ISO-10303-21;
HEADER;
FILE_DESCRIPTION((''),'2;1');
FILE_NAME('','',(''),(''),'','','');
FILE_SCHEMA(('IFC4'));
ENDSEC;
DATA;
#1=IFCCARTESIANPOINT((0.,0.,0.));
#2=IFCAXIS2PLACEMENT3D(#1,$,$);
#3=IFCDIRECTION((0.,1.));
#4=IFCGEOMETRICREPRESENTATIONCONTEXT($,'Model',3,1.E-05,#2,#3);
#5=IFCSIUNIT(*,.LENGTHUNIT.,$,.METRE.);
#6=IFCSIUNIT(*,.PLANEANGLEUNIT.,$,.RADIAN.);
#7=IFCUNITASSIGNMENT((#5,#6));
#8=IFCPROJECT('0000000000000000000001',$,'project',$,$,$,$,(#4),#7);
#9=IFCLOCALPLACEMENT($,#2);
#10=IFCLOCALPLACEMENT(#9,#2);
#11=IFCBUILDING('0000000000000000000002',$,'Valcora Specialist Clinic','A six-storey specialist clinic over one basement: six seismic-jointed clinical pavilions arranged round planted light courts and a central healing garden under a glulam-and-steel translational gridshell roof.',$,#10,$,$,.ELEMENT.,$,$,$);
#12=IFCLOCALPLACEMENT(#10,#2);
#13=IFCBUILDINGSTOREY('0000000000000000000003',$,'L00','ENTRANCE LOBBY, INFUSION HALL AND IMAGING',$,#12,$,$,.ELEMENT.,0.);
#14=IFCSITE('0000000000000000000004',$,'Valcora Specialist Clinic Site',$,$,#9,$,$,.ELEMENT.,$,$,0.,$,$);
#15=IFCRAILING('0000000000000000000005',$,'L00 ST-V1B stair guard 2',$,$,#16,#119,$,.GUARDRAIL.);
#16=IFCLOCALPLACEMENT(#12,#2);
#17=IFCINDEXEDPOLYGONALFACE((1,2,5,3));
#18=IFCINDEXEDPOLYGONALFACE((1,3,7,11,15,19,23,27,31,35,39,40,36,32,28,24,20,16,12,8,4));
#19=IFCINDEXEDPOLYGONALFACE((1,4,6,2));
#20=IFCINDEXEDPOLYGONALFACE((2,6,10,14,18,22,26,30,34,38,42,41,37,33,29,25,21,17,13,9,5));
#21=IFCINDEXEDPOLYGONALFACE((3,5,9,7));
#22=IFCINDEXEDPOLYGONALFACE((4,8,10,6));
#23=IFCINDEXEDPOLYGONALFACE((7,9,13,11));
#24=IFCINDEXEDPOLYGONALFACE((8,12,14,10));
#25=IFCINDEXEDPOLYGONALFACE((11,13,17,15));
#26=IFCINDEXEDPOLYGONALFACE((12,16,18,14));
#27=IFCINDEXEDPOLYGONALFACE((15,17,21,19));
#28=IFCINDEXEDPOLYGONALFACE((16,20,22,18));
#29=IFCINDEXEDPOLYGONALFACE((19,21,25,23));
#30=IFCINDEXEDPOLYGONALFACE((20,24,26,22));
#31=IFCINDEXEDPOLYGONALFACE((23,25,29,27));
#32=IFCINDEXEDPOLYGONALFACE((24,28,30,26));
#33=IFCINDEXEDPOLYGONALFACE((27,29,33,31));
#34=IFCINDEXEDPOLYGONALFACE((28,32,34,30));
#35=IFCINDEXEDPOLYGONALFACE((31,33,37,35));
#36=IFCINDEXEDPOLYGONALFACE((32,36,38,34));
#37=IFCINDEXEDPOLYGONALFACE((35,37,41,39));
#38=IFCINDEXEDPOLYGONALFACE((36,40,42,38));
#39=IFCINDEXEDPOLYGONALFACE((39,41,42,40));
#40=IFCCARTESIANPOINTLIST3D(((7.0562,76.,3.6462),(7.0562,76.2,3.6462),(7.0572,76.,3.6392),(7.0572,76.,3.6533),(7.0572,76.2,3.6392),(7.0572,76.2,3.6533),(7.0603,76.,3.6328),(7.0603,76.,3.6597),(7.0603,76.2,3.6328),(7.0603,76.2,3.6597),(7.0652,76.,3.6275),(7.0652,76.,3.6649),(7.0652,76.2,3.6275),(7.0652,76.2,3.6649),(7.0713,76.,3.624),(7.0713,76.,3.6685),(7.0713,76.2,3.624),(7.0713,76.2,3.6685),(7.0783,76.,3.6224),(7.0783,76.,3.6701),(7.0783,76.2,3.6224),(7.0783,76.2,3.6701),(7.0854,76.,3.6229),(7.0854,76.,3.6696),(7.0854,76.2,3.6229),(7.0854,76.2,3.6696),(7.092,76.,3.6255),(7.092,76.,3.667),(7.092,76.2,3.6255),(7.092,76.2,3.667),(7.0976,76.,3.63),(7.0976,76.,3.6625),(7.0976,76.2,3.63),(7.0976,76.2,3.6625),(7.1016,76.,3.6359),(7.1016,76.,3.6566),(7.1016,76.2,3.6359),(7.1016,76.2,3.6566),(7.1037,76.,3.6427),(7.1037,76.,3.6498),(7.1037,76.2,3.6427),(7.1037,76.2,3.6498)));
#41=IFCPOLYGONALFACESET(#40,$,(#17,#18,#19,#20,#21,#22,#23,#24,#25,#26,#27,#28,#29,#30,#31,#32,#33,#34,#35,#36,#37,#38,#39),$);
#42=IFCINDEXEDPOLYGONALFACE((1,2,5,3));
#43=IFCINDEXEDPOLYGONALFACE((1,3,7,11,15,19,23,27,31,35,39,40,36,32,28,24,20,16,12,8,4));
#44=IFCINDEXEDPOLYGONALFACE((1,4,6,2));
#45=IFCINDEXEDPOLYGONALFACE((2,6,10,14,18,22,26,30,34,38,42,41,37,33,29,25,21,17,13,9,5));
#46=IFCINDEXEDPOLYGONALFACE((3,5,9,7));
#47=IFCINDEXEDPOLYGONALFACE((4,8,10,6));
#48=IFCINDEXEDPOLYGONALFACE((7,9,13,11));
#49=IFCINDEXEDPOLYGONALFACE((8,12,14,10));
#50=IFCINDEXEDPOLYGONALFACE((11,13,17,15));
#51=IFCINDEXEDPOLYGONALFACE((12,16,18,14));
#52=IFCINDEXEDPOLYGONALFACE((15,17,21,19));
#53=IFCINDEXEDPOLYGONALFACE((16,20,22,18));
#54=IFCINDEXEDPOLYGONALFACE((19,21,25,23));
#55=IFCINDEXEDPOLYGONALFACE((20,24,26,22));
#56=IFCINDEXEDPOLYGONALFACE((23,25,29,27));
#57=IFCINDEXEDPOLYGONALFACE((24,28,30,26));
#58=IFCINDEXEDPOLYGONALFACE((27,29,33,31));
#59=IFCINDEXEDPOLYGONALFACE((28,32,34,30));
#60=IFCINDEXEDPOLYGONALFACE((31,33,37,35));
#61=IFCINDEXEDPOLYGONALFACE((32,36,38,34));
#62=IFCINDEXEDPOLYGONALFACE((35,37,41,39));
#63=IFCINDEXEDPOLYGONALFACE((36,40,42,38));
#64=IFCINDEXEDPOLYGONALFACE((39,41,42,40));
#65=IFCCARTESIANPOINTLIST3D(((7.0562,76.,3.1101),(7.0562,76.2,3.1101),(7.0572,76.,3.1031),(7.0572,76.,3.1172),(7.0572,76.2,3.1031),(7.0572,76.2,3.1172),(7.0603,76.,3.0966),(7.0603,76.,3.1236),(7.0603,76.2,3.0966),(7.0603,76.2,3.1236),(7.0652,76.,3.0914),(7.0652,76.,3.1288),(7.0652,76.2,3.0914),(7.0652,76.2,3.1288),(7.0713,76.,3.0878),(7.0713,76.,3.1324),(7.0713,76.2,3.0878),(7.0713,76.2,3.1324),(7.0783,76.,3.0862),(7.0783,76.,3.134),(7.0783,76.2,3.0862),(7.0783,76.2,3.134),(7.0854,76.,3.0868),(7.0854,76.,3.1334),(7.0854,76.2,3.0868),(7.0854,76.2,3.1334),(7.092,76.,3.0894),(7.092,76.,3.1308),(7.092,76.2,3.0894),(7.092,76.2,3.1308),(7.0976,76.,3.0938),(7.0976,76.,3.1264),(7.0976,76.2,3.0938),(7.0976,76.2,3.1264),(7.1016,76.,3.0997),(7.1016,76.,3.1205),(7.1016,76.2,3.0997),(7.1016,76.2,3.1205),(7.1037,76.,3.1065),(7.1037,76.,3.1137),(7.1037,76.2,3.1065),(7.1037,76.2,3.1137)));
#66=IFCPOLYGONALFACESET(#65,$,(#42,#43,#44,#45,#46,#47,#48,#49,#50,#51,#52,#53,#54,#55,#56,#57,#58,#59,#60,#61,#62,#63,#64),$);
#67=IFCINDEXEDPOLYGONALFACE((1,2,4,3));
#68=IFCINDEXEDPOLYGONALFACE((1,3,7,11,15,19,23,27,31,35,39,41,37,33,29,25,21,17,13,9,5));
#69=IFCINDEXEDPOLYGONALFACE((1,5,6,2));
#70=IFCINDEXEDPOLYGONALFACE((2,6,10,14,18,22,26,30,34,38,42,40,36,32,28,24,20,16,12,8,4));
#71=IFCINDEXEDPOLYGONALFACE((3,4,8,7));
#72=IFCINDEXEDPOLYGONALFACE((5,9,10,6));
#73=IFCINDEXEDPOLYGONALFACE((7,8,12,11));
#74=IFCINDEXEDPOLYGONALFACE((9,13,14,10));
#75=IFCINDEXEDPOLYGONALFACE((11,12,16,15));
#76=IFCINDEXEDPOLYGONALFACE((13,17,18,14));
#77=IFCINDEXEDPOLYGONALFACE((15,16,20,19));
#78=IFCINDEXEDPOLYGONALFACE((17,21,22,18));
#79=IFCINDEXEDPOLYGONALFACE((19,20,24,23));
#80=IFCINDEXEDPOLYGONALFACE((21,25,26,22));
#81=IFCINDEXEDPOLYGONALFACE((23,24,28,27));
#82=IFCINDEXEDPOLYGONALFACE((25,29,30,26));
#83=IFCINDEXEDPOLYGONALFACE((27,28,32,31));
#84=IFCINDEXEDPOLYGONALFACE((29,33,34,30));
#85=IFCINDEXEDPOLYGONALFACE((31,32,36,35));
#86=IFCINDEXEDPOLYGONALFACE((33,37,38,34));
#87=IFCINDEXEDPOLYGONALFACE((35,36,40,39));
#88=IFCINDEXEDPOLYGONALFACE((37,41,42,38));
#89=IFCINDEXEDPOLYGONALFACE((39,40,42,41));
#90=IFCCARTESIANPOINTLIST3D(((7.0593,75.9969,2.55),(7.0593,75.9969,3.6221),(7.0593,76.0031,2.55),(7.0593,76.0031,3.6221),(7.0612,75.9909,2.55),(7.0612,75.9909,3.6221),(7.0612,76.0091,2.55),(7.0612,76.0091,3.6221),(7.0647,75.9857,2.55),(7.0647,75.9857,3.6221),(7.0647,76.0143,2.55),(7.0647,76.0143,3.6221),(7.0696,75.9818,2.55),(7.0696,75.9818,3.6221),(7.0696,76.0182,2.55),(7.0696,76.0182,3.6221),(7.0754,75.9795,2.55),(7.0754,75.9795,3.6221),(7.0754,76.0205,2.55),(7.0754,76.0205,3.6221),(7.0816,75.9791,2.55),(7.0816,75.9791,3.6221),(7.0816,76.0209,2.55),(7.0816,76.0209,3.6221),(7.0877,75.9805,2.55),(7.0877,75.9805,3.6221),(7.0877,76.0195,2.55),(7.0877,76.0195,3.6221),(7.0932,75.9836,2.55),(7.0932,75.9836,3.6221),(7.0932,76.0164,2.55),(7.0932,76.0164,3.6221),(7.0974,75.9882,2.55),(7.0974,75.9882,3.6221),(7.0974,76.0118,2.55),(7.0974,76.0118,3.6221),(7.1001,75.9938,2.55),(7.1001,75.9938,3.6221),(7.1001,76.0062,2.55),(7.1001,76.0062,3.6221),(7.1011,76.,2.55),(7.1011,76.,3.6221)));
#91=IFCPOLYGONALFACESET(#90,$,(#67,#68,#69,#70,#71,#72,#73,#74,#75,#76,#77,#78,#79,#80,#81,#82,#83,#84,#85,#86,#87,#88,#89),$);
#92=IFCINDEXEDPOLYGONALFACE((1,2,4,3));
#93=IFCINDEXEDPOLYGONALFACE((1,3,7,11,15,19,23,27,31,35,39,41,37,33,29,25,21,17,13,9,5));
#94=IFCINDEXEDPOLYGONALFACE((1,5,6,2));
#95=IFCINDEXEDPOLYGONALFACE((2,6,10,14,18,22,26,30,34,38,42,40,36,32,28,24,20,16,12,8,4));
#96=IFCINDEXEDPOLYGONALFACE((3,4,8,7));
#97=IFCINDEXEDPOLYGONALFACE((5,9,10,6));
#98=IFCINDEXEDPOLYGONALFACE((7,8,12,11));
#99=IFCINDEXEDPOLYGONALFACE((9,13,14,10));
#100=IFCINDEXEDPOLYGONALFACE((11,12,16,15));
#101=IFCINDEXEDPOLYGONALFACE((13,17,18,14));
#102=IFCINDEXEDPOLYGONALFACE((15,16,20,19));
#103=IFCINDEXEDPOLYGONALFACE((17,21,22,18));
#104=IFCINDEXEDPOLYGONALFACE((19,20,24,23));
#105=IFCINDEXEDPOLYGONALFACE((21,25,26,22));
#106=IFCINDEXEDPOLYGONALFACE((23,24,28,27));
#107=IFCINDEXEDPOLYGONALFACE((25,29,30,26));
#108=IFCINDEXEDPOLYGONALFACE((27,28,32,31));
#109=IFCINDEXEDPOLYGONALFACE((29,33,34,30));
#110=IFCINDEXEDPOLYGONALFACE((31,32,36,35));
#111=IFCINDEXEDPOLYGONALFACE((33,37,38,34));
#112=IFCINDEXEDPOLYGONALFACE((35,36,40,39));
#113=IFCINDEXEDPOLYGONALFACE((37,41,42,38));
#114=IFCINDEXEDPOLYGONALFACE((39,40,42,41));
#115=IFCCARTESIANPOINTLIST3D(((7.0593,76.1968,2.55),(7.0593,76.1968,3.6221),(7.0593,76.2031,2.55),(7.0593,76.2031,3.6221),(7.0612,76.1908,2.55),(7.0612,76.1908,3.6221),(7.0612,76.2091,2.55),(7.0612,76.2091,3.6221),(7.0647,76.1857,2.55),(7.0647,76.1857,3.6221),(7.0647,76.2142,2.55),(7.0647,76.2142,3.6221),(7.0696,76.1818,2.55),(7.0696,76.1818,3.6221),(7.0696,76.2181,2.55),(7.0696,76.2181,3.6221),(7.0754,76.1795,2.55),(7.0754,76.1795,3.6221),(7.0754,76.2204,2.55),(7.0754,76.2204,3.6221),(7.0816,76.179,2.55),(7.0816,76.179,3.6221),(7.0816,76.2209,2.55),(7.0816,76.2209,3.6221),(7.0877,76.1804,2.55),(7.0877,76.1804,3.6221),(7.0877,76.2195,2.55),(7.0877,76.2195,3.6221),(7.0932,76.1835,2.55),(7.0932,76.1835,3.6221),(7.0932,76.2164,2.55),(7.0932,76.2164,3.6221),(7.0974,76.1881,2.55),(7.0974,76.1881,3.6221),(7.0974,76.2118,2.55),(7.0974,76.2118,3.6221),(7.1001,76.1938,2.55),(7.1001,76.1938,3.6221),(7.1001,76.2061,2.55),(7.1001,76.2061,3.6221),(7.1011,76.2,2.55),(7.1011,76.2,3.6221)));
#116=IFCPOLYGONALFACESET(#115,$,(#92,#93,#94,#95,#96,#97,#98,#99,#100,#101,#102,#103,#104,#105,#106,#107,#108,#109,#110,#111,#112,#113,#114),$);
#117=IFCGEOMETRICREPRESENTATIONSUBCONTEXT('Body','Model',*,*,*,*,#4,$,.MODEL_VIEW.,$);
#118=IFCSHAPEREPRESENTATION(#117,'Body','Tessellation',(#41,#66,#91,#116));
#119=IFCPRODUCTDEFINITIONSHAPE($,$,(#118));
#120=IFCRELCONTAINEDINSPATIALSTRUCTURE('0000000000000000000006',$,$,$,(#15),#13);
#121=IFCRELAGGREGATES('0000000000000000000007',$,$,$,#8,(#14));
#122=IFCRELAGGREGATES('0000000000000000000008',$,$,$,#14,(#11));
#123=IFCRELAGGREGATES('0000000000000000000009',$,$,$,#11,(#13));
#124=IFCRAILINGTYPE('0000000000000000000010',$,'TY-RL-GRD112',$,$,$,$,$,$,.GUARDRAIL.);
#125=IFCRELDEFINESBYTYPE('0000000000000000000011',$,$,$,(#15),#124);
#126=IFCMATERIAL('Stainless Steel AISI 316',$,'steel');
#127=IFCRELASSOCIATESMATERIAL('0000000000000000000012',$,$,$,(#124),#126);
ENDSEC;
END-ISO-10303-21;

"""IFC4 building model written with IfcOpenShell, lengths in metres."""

from ifc_helpers import new_model, si_unit, direction, frame, origin, origin_2d, place, context, subcontext, project, spatial, circle, extrude, material, type_object, element, save


model = new_model("IFC4")

# Units and contexts
model_context = context("Model", 3, precision=1e-05, world=origin(), true_north=direction((0.0, 1.0)))
body_context = subcontext(model_context, "Body", "Model", "MODEL_VIEW")
ifc_project = project(units=[si_unit("LENGTHUNIT", "METRE"), si_unit("PLANEANGLEUNIT", "RADIAN")], contexts=[model_context])

# Site, building, storey
site_placement = place(None, origin())
site = spatial("IfcSite", under=ifc_project, at=site_placement, Name="Valcora Specialist Clinic Site", CompositionType="ELEMENT", RefElevation=0.0)
building_placement = place(site_placement, origin())
building = spatial("IfcBuilding", under=site, at=building_placement, Name="Valcora Specialist Clinic", Description="A six-storey specialist clinic over one basement: six seismic-jointed clinical pavilions arranged round planted light courts and a central healing garden under a glulam-and-steel translational gridshell roof.", CompositionType="ELEMENT")
storey_placement = place(building_placement, origin())
storey = spatial("IfcBuildingStorey", under=building, at=storey_placement, Name="L00", Description="ENTRANCE LOBBY, INFUSION HALL AND IMAGING", CompositionType="ELEMENT", Elevation=0.0)

# Railing
ifc_material_1 = material(Name="Stainless Steel AISI 316", Category="steel")
railing_type_1 = type_object("IfcRailingType", Name="TY-RL-GRD112", PredefinedType="GUARDRAIL", material=ifc_material_1)
railing_1_placement = place(storey_placement, frame((7.0801, 76.0, 2.55)))
element("IfcRailing", 1, at=railing_1_placement, inside=storey, type_object=railing_type_1, Name="L00 ST-V1B stair guard 2", PredefinedType="GUARDRAIL", context=body_context, shape_type="SweptSolid", body=[
    extrude(circle(Radius=0.0239, at=origin_2d()), frame((0.0, 0.0, 1.0962), z_axis=(0.0, 1.0, 0.0), x_axis=(-1.0, 0.0, 0.0)), (0.0, 0.0, 1.0), 0.2),
    extrude(circle(Radius=0.0239, at=origin_2d()), frame((0.0, 0.0, 0.5601), z_axis=(0.0, 1.0, 0.0), x_axis=(-1.0, 0.0, 0.0)), (0.0, 0.0, 1.0), 0.2),
    extrude(circle(Radius=0.021, at=origin_2d()), origin(), (0.0, 0.0, 1.0), 1.072),
    extrude(circle(Radius=0.021, at=origin_2d()), frame((0.0, 0.2, 0.0)), (0.0, 0.0, 1.0), 1.072),
])

save(model, "model.ifc")
